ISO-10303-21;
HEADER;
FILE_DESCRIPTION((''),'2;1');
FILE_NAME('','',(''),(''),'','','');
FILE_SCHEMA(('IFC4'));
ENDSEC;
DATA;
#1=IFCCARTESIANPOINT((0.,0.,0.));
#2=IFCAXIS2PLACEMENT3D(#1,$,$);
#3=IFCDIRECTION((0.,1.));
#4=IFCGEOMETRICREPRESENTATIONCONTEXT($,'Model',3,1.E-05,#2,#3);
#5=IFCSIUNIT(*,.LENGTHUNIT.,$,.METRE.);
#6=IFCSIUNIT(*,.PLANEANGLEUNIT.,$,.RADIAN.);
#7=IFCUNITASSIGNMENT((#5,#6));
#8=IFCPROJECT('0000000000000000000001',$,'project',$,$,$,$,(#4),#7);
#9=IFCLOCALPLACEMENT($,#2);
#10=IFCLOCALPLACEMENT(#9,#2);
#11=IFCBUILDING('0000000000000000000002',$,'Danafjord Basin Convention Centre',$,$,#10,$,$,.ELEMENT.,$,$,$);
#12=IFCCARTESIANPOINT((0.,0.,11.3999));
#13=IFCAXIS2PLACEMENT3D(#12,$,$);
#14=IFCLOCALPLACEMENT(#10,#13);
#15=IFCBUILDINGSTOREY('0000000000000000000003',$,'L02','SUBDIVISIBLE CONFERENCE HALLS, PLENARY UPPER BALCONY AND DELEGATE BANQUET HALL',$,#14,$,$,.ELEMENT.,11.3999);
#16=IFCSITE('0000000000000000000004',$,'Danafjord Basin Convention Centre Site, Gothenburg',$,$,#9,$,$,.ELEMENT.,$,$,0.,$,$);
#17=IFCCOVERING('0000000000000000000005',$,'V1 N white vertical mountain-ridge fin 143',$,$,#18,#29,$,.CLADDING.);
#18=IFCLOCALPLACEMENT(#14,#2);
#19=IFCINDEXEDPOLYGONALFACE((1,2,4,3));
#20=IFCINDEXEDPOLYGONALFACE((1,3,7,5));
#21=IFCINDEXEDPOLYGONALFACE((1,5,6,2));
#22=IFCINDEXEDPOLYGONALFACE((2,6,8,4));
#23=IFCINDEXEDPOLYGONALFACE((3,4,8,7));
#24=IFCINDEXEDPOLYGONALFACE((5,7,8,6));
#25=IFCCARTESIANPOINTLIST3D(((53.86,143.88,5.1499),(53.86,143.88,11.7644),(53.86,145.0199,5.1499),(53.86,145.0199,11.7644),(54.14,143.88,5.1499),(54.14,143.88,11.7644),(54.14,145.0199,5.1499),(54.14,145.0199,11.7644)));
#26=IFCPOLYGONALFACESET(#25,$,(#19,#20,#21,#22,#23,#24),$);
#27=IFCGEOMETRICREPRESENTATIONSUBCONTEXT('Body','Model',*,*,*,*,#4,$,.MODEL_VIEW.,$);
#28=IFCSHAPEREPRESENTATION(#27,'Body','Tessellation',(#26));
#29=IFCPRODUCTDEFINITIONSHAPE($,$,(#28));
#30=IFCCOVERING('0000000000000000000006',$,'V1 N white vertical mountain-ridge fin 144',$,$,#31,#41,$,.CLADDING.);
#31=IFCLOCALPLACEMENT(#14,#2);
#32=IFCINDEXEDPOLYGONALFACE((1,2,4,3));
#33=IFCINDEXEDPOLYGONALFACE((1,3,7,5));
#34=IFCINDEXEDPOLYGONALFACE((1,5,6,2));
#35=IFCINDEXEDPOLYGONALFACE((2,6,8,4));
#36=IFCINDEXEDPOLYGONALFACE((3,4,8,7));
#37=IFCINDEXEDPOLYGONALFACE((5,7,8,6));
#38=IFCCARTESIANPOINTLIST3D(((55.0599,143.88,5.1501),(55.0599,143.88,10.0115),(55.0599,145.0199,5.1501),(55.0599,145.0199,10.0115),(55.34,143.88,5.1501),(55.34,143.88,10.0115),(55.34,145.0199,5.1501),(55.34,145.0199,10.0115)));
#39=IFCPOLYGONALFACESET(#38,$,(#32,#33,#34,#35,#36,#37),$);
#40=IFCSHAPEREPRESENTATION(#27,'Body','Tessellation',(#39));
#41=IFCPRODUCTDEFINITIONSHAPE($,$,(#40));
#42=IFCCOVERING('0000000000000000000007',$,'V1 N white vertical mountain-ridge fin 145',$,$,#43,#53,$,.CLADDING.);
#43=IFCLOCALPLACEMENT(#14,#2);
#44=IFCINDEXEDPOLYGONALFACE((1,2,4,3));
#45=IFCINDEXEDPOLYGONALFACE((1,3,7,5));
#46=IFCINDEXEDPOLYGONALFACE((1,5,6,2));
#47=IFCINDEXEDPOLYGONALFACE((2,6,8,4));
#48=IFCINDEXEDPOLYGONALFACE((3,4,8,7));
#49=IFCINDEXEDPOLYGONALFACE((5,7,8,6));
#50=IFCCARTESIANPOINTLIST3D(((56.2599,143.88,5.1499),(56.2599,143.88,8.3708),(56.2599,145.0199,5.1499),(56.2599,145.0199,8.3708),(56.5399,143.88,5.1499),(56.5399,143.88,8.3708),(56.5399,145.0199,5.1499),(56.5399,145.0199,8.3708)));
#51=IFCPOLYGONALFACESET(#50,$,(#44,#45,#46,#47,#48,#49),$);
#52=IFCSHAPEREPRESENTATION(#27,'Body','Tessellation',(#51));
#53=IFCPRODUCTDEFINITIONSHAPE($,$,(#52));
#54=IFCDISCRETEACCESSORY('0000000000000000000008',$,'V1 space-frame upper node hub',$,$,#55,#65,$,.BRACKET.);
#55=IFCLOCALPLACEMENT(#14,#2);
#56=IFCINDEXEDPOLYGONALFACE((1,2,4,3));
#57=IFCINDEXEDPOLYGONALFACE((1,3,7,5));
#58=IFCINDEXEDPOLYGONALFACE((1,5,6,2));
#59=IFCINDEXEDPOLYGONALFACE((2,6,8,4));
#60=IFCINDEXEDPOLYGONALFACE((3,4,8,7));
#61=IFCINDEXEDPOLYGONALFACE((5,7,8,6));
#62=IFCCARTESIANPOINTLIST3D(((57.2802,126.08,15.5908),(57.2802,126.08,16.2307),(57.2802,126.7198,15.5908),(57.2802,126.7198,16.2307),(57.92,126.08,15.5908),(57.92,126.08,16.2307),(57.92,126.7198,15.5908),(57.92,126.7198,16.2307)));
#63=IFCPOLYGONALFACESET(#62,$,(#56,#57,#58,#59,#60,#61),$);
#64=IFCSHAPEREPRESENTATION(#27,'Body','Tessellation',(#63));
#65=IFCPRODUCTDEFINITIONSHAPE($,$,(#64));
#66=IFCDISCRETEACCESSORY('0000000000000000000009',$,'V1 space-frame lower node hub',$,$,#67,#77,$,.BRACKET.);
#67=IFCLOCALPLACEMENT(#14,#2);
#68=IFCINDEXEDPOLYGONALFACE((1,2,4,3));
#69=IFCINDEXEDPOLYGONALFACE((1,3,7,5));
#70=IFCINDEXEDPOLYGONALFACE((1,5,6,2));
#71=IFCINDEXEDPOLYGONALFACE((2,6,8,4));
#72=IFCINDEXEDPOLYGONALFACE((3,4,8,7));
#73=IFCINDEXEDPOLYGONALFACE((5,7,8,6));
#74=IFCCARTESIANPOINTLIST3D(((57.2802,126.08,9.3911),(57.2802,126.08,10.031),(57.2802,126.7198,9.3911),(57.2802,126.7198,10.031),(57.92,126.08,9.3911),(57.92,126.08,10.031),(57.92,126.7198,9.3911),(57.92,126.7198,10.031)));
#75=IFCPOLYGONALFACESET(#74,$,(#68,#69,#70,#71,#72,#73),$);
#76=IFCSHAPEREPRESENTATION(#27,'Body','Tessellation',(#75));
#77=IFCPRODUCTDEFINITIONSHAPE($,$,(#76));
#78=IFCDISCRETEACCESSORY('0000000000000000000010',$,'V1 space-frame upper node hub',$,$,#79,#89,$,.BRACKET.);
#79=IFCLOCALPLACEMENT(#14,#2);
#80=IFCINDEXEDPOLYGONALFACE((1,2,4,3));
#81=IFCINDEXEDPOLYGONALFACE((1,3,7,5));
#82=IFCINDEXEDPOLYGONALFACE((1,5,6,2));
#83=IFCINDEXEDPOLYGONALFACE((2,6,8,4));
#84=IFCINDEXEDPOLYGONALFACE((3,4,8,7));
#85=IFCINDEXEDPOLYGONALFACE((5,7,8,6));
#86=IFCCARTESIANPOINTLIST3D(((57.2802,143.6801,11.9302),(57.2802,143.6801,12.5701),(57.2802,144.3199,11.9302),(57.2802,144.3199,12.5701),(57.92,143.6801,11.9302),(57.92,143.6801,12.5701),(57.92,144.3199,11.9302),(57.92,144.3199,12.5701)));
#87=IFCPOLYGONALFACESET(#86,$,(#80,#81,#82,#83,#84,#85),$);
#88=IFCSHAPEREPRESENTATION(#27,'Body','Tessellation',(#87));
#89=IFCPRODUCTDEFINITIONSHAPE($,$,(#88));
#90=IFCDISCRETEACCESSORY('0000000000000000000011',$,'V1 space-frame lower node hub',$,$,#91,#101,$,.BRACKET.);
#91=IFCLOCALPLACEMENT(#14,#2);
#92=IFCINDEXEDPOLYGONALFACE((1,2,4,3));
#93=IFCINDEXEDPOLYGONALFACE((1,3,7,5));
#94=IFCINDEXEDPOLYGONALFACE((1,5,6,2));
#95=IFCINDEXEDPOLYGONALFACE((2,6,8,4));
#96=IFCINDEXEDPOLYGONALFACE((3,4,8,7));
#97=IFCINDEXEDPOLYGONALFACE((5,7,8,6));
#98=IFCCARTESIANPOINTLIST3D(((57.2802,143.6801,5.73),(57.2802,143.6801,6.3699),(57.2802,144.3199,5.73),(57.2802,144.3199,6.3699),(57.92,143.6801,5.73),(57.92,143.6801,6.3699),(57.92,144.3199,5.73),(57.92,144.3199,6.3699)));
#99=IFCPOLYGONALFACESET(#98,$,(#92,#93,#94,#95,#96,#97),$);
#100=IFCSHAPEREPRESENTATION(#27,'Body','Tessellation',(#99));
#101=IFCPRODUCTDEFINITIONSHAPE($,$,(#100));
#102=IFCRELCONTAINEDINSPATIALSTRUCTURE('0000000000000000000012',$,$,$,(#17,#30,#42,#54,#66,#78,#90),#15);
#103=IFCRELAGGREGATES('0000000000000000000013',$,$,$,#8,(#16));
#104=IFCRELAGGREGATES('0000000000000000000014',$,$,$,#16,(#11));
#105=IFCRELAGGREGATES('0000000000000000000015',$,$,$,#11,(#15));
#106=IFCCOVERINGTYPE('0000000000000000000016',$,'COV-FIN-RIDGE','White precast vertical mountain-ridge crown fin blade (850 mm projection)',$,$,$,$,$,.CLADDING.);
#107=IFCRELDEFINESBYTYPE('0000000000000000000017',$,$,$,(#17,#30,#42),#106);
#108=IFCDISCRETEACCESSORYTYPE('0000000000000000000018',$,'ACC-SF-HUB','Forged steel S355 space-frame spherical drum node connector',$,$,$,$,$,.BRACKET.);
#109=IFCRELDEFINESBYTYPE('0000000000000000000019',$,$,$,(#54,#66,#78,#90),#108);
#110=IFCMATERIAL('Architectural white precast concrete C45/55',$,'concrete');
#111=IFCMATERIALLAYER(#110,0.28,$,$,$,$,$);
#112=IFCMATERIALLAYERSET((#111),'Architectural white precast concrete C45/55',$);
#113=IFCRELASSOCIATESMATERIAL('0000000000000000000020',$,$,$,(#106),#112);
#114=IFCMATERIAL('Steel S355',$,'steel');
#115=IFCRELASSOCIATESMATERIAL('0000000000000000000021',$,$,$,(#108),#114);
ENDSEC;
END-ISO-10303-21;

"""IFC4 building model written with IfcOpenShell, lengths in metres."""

from ifc_helpers import new_model, si_unit, direction, frame, origin, origin_2d, place, context, subcontext, project, spatial, rectangle, extrude, material, layer, layer_set, type_object, element, save


model = new_model("IFC4")

# Units and contexts
model_context = context("Model", 3, precision=1e-05, world=origin(), true_north=direction((0.0, 1.0)))
body_context = subcontext(model_context, "Body", "Model", "MODEL_VIEW")
ifc_project = project(units=[si_unit("LENGTHUNIT", "METRE"), si_unit("PLANEANGLEUNIT", "RADIAN")], contexts=[model_context])

# Site, building, storey
site_placement = place(None, origin())
site = spatial("IfcSite", under=ifc_project, at=site_placement, Name="Danafjord Basin Convention Centre Site, Gothenburg", CompositionType="ELEMENT", RefElevation=0.0)
building_placement = place(site_placement, origin())
building = spatial("IfcBuilding", under=site, at=building_placement, Name="Danafjord Basin Convention Centre", CompositionType="ELEMENT")
storey_placement = place(building_placement, frame((0.0, 0.0, 11.3999)))
storey = spatial("IfcBuildingStorey", under=building, at=storey_placement, Name="L02", Description="SUBDIVISIBLE CONFERENCE HALLS, PLENARY UPPER BALCONY AND DELEGATE BANQUET HALL", CompositionType="ELEMENT", Elevation=11.3999)

# Shared definitions
ifc_material_1 = material(Name="Steel S355", Category="steel")

# Coverings
ifc_material_2 = material(Name="Architectural white precast concrete C45/55", Category="concrete")
ifc_layer_1 = layer(ifc_material_2, 0.28)
ifc_layer_set_1 = layer_set([ifc_layer_1], Name="Architectural white precast concrete C45/55")
covering_type = type_object("IfcCoveringType", Name="COV-FIN-RIDGE", Description="White precast vertical mountain-ridge crown fin blade (850 mm projection)", PredefinedType="CLADDING", material=ifc_layer_set_1)
covering_1_placement = place(storey_placement, frame((54.0, 144.45, 5.1499), z_axis=(0.0, 0.0, 1.0), x_axis=(0.0, 1.0, 0.0)))
element("IfcCovering", 1, at=covering_1_placement, inside=storey, type_object=covering_type, Name="V1 N white vertical mountain-ridge fin 143", PredefinedType="CLADDING", context=body_context, shape_type="SweptSolid", body=[
    extrude(rectangle(XDim=1.1399, YDim=0.28, at=origin_2d()), origin(), (0.0, 0.0, 1.0), 6.6145),
])
covering_2_placement = place(storey_placement, frame((55.2, 144.45, 5.1501), z_axis=(0.0, 0.0, 1.0), x_axis=(0.0, 1.0, 0.0)))
element("IfcCovering", 2, at=covering_2_placement, inside=storey, type_object=covering_type, Name="V1 N white vertical mountain-ridge fin 144", PredefinedType="CLADDING", context=body_context, shape_type="SweptSolid", body=[
    extrude(rectangle(XDim=1.1399, YDim=0.28, at=origin_2d()), origin(), (0.0, 0.0, 1.0), 4.8613),
])
covering_3_placement = place(storey_placement, frame((56.3999, 144.45, 5.1499), z_axis=(0.0, 0.0, 1.0), x_axis=(0.0, 1.0, 0.0)))
element("IfcCovering", 3, at=covering_3_placement, inside=storey, type_object=covering_type, Name="V1 N white vertical mountain-ridge fin 145", PredefinedType="CLADDING", context=body_context, shape_type="SweptSolid", body=[
    extrude(rectangle(XDim=1.1399, YDim=0.28, at=origin_2d()), origin(), (0.0, 0.0, 1.0), 3.2209),
])

# Discrete accessories
discrete_accessory_type = type_object("IfcDiscreteAccessoryType", Name="ACC-SF-HUB", Description="Forged steel S355 space-frame spherical drum node connector", PredefinedType="BRACKET", material=ifc_material_1)
for number, where, z_axis, x_axis, name in (
    (4, (57.6001, 126.3999, 15.5908), (0.0, 0.0, 1.0), (1.0, 0.0, 0.0), "V1 space-frame upper node hub"),
    (5, (57.6001, 126.3999, 9.3911), (0.0, 0.0, 1.0), (1.0, 0.0, 0.0), "V1 space-frame lower node hub"),
    (6, (57.6001, 144.0, 11.9302), (0.0, 0.0, 1.0), (1.0, 0.0, 0.0), "V1 space-frame upper node hub"),
    (7, (57.6001, 144.0, 5.73), (0.0, 0.0, 1.0), (1.0, 0.0, 0.0), "V1 space-frame lower node hub"),
):
    element("IfcDiscreteAccessory", number, at=place(storey_placement, frame(where, z_axis=z_axis, x_axis=x_axis)), inside=storey, type_object=discrete_accessory_type, Name=name, PredefinedType="BRACKET", context=body_context, shape_type="SweptSolid", body=[
        extrude(rectangle(XDim=0.6399, YDim=0.6399, at=origin_2d()), origin(), (0.0, 0.0, 1.0), 0.6399),
    ])

save(model, "model.ifc")
